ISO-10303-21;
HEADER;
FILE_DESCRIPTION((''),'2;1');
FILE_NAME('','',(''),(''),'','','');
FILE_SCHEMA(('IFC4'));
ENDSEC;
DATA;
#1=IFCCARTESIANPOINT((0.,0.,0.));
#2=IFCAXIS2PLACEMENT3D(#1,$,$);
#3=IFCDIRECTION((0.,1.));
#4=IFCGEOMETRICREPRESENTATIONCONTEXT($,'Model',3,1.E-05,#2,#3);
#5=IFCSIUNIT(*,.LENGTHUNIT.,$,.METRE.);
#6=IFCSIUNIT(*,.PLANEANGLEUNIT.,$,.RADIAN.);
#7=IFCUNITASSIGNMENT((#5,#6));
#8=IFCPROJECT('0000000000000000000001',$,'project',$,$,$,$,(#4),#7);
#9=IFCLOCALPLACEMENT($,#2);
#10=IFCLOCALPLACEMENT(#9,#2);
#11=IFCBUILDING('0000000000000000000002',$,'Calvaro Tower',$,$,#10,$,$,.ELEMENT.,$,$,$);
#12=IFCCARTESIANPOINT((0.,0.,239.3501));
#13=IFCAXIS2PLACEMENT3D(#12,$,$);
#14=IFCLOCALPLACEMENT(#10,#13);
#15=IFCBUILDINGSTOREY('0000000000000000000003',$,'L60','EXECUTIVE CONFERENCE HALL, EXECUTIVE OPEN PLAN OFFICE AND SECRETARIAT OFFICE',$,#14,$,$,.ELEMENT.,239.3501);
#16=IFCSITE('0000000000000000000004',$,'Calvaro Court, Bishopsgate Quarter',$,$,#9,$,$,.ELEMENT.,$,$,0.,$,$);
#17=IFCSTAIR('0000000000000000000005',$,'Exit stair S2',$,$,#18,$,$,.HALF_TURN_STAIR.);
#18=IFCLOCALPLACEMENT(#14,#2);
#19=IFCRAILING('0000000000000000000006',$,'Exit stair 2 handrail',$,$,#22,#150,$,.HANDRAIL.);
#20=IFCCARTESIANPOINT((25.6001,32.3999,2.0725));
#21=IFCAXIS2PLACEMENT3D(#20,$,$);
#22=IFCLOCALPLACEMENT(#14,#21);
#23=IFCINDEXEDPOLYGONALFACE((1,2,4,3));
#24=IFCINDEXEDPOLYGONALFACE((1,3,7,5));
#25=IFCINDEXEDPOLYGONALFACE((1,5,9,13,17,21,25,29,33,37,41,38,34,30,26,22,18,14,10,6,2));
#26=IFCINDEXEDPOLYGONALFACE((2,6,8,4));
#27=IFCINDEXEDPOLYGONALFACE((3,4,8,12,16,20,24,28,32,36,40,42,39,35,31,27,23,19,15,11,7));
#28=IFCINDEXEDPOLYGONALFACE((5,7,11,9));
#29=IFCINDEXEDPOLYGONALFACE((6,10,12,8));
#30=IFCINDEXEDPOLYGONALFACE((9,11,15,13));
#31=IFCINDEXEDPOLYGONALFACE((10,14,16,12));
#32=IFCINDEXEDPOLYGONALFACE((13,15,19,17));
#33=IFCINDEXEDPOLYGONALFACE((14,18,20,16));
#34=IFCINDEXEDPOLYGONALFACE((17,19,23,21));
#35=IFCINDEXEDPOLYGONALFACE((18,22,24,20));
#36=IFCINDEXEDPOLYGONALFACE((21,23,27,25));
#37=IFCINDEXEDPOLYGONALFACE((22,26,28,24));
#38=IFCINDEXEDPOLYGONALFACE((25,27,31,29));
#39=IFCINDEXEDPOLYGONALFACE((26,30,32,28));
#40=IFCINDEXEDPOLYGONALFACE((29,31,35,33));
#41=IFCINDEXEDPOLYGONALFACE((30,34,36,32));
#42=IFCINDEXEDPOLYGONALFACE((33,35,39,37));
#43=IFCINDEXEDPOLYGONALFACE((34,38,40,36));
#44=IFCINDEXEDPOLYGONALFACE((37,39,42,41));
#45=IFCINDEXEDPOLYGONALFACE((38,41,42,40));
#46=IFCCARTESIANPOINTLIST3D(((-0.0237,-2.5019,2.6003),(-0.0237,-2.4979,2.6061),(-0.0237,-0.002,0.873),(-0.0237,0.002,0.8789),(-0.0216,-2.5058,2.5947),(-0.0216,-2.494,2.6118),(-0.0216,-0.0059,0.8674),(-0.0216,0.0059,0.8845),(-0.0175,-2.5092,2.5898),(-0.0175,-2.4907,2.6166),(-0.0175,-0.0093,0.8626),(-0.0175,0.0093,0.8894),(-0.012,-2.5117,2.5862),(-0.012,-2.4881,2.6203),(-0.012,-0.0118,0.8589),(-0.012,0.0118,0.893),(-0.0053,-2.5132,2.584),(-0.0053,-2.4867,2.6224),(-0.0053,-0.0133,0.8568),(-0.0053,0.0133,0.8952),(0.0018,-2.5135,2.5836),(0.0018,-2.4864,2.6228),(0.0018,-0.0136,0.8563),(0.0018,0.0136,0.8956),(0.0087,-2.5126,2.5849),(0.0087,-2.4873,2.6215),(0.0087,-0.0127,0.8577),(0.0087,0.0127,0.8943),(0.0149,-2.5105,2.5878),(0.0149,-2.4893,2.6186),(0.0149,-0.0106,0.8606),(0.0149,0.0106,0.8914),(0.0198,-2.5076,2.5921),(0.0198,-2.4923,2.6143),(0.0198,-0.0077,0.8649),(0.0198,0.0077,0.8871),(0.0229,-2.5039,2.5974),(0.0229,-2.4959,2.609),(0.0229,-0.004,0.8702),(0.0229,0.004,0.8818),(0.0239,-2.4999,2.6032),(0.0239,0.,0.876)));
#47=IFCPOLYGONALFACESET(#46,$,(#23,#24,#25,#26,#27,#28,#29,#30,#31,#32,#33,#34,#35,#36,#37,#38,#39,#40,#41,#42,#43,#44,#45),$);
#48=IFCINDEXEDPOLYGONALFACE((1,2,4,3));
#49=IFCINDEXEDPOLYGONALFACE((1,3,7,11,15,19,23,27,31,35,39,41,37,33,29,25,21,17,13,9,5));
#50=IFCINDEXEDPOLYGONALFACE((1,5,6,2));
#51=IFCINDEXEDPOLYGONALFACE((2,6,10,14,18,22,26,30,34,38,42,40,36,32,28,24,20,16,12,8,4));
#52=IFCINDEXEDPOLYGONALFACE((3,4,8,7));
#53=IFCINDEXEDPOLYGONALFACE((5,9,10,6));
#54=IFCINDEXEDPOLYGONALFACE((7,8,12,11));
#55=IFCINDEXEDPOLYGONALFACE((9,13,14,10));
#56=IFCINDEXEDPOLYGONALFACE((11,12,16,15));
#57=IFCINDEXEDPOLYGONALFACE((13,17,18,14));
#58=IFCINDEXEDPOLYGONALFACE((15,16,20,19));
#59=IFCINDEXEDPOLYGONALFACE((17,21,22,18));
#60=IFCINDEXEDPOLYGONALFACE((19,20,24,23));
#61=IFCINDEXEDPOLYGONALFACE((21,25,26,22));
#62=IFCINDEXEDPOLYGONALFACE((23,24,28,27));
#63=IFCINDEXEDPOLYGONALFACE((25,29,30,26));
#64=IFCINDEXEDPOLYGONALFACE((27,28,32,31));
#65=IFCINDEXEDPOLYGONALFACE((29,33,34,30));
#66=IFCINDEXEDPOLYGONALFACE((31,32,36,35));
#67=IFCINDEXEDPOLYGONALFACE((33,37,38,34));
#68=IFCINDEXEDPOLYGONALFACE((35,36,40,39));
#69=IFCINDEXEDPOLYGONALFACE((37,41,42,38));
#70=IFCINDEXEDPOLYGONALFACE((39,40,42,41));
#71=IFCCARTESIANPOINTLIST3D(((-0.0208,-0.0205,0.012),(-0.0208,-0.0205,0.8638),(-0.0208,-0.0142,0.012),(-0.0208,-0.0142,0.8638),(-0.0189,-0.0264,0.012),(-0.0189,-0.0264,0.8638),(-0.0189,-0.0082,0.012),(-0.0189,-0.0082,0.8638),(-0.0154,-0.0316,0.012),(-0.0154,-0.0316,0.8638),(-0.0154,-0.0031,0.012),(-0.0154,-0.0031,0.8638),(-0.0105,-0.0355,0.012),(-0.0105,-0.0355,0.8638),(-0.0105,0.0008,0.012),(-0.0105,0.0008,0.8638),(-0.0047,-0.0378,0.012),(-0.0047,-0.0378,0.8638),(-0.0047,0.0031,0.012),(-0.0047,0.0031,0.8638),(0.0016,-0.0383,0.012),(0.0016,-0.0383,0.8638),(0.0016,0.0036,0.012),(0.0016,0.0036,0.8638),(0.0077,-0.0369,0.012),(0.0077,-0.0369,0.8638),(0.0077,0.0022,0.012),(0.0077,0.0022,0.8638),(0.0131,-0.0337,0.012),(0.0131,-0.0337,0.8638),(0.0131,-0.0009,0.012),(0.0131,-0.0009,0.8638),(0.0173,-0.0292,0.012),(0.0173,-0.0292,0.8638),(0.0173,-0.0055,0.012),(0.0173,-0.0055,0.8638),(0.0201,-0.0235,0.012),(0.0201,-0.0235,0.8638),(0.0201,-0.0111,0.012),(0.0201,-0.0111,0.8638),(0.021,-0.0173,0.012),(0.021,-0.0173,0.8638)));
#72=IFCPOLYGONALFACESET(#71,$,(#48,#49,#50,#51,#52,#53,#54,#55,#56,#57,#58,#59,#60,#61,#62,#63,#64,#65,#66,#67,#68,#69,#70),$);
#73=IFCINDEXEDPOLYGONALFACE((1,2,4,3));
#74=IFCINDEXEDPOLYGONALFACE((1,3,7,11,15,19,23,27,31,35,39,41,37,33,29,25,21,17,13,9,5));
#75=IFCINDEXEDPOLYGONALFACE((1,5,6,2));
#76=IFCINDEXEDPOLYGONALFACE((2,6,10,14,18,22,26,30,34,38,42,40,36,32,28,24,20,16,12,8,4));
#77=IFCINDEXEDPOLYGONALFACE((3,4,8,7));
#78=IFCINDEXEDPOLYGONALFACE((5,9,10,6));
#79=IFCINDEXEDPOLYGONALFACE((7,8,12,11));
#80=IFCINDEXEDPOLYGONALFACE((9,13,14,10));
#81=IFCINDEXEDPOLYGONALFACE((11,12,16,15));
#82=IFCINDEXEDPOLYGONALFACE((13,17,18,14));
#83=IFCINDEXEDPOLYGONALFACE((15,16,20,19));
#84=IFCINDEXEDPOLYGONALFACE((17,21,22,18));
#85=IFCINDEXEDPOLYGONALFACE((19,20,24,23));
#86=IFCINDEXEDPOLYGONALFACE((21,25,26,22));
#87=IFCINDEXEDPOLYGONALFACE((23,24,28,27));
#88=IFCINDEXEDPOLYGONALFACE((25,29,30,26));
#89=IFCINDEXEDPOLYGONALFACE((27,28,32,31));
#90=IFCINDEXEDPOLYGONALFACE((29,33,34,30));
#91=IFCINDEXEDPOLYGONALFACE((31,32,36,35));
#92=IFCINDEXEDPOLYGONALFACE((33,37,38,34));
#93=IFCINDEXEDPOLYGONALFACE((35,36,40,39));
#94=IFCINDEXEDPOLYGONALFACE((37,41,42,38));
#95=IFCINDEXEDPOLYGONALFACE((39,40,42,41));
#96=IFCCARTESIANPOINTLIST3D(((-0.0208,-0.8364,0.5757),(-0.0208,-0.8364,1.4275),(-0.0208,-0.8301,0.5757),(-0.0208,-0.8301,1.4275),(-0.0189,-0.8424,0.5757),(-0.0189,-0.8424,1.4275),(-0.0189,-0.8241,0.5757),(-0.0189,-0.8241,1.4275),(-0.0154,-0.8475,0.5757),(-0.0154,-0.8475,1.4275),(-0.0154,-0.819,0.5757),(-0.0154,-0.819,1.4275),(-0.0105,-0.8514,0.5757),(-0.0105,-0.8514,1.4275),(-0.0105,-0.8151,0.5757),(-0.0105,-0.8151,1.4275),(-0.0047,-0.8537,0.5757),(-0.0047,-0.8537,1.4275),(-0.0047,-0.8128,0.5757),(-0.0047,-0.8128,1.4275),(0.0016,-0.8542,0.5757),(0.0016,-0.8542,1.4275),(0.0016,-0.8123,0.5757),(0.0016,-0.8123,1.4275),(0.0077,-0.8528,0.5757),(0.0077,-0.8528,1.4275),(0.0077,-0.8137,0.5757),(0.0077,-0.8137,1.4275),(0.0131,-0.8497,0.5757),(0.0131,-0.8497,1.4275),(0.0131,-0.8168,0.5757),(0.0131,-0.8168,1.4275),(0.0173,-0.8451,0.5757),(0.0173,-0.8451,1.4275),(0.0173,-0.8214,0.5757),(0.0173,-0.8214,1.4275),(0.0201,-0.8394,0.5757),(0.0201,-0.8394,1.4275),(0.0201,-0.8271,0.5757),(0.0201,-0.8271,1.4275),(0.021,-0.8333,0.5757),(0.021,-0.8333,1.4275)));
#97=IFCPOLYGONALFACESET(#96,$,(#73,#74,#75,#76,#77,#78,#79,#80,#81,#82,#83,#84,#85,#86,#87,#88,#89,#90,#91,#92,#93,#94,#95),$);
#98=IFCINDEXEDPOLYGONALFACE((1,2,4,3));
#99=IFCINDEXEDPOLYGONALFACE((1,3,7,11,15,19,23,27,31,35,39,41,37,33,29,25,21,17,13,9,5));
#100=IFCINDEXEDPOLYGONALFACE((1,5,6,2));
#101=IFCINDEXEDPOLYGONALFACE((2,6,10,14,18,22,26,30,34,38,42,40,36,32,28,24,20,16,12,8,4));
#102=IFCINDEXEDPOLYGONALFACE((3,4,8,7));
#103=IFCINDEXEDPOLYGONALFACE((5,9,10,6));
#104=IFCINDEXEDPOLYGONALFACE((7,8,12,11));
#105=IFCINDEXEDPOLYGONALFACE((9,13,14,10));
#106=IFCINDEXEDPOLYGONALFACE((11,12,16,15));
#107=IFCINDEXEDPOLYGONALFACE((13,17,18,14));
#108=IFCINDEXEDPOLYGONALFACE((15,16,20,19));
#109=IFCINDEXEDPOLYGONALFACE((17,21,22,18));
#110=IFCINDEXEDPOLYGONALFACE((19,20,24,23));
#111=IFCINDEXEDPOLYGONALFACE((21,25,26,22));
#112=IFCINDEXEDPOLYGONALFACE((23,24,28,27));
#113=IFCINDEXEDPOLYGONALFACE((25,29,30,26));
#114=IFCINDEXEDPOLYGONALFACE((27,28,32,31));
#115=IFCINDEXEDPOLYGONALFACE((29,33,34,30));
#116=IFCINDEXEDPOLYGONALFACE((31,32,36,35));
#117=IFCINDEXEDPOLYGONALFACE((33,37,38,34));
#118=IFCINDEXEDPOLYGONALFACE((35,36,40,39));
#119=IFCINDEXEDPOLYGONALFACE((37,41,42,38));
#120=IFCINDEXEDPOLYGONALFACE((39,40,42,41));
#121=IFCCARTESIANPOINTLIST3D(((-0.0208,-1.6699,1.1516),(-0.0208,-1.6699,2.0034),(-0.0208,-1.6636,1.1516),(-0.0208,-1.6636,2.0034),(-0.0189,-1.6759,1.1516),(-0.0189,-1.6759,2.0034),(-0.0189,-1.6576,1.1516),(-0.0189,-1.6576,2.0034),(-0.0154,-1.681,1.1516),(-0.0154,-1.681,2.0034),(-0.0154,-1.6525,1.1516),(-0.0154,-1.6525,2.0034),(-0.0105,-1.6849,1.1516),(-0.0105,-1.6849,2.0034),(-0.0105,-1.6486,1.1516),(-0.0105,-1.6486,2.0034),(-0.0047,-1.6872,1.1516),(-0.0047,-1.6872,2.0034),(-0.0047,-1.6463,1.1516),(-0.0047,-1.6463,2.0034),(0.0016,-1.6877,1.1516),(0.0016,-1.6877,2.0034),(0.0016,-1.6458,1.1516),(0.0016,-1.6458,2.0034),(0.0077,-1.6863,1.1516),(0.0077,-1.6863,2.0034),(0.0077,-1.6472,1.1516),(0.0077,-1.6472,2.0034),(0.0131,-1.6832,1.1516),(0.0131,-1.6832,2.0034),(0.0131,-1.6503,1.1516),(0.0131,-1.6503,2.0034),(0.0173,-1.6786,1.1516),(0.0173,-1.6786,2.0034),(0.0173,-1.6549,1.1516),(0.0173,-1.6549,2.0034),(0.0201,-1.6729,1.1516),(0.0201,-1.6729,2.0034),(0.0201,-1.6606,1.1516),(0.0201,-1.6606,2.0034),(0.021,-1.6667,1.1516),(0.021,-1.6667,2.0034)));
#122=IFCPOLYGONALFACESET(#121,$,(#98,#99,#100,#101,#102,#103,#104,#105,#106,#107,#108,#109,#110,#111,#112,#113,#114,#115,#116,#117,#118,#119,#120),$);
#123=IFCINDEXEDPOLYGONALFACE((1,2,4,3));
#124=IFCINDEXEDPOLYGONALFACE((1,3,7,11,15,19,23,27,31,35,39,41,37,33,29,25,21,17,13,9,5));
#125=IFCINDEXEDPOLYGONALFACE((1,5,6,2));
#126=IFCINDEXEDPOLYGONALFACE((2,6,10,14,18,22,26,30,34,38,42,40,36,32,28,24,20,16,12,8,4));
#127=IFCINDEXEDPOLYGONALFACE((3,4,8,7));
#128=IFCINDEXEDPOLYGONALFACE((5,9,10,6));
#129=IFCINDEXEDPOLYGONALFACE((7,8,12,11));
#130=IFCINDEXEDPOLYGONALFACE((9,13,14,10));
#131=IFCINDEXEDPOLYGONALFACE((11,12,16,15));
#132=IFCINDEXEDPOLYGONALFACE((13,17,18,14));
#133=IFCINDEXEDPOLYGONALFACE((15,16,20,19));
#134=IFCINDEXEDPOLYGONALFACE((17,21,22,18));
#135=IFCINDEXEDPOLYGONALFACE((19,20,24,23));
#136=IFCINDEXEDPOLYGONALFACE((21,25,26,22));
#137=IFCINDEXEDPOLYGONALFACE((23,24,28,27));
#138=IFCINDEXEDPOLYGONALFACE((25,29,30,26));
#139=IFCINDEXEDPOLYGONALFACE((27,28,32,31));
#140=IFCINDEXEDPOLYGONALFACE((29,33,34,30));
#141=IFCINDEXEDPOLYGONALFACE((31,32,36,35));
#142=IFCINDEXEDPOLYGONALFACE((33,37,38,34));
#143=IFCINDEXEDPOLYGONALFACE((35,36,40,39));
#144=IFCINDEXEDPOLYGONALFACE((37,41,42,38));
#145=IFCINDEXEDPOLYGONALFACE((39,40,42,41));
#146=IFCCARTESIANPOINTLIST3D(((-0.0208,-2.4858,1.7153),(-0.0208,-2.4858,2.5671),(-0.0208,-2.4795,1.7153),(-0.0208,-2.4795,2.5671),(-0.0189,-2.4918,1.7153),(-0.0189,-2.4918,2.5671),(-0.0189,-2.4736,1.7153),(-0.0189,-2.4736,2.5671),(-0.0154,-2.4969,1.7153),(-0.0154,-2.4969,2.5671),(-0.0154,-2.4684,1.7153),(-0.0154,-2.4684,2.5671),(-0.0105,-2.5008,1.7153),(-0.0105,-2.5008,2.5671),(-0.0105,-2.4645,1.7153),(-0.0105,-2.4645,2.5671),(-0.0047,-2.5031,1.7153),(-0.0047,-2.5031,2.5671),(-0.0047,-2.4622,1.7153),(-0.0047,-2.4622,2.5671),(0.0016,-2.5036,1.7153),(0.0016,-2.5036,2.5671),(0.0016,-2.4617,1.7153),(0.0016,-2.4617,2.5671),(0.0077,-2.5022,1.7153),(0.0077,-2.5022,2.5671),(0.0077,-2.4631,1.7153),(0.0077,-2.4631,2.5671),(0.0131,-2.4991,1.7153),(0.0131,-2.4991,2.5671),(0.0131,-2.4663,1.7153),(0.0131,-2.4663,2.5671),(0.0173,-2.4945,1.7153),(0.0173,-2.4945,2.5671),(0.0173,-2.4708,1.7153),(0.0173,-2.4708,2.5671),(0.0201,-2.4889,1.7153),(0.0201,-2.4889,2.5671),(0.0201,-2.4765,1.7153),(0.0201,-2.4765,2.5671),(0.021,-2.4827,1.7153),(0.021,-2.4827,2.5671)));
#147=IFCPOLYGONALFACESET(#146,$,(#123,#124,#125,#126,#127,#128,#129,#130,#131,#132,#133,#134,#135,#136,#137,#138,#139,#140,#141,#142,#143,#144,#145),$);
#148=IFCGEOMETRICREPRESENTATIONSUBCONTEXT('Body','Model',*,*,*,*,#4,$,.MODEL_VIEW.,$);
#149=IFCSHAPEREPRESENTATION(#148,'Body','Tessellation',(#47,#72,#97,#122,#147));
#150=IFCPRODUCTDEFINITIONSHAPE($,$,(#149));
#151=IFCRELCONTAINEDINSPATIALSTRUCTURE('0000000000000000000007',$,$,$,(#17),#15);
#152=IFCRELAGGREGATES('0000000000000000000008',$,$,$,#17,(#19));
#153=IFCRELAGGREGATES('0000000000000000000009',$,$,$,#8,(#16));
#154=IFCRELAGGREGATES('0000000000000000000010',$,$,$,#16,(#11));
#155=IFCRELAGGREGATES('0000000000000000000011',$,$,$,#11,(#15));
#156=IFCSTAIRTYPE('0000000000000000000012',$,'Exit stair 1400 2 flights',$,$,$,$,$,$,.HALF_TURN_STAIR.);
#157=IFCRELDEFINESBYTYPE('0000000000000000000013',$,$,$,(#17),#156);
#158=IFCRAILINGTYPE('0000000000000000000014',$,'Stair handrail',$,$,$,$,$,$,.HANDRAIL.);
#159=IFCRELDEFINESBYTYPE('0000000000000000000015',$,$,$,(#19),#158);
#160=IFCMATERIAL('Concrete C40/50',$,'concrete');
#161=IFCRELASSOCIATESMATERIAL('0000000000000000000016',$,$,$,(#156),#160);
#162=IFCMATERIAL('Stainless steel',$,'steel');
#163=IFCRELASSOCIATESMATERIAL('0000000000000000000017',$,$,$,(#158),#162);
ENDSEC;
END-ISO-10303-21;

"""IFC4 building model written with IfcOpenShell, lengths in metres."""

from ifc_helpers import new_model, si_unit, direction, frame, origin, origin_2d, place, context, subcontext, project, spatial, circle, extrude, material, type_object, element, aggregate, save


model = new_model("IFC4")

# Units and contexts
model_context = context("Model", 3, precision=1e-05, world=origin(), true_north=direction((0.0, 1.0)))
body_context = subcontext(model_context, "Body", "Model", "MODEL_VIEW")
ifc_project = project(units=[si_unit("LENGTHUNIT", "METRE"), si_unit("PLANEANGLEUNIT", "RADIAN")], contexts=[model_context])

# Site, building, storey
site_placement = place(None, origin())
site = spatial("IfcSite", under=ifc_project, at=site_placement, Name="Calvaro Court, Bishopsgate Quarter", CompositionType="ELEMENT", RefElevation=0.0)
building_placement = place(site_placement, origin())
building = spatial("IfcBuilding", under=site, at=building_placement, Name="Calvaro Tower", CompositionType="ELEMENT")
storey_placement = place(building_placement, frame((0.0, 0.0, 239.3501)))
storey = spatial("IfcBuildingStorey", under=building, at=storey_placement, Name="L60", Description="EXECUTIVE CONFERENCE HALL, EXECUTIVE OPEN PLAN OFFICE AND SECRETARIAT OFFICE", CompositionType="ELEMENT", Elevation=239.3501)

# Stair, railing
ifc_material_1 = material(Name="Concrete C40/50", Category="concrete")
stair_type = type_object("IfcStairType", Name="Exit stair 1400 2 flights", PredefinedType="HALF_TURN_STAIR", material=ifc_material_1)
stair_placement = place(storey_placement, origin())
stair = element("IfcStair", 1, at=stair_placement, inside=storey, type_object=stair_type, Name="Exit stair S2", PredefinedType="HALF_TURN_STAIR")
ifc_material_2 = material(Name="Stainless steel", Category="steel")
railing_type = type_object("IfcRailingType", Name="Stair handrail", PredefinedType="HANDRAIL", material=ifc_material_2)
railing_1_placement = place(storey_placement, frame((25.6001, 32.3999, 2.0725)))
railing_1 = element("IfcRailing", 2, at=railing_1_placement, type_object=railing_type, Name="Exit stair 2 handrail", PredefinedType="HANDRAIL", context=body_context, shape_type="SweptSolid", body=[
    extrude(circle(Radius=0.0239, at=origin_2d()), frame((0.0, 0.0, 0.876), z_axis=(0.0, -0.822727, 0.568437), x_axis=(1.0, 0.0, 0.0)), (0.0, 0.0, 1.0), 3.0386),
    extrude(circle(Radius=0.021, at=origin_2d()), frame((0.0, -0.0173, 0.012)), (0.0, 0.0, 1.0), 0.8518),
    extrude(circle(Radius=0.021, at=origin_2d()), frame((0.0, -0.8333, 0.5757)), (0.0, 0.0, 1.0), 0.8518),
    extrude(circle(Radius=0.021, at=origin_2d()), frame((0.0, -1.6667, 1.1516)), (0.0, 0.0, 1.0), 0.8518),
    extrude(circle(Radius=0.021, at=origin_2d()), frame((0.0, -2.4827, 1.7153)), (0.0, 0.0, 1.0), 0.8518),
])
aggregate(stair, [railing_1])

save(model, "model.ifc")
